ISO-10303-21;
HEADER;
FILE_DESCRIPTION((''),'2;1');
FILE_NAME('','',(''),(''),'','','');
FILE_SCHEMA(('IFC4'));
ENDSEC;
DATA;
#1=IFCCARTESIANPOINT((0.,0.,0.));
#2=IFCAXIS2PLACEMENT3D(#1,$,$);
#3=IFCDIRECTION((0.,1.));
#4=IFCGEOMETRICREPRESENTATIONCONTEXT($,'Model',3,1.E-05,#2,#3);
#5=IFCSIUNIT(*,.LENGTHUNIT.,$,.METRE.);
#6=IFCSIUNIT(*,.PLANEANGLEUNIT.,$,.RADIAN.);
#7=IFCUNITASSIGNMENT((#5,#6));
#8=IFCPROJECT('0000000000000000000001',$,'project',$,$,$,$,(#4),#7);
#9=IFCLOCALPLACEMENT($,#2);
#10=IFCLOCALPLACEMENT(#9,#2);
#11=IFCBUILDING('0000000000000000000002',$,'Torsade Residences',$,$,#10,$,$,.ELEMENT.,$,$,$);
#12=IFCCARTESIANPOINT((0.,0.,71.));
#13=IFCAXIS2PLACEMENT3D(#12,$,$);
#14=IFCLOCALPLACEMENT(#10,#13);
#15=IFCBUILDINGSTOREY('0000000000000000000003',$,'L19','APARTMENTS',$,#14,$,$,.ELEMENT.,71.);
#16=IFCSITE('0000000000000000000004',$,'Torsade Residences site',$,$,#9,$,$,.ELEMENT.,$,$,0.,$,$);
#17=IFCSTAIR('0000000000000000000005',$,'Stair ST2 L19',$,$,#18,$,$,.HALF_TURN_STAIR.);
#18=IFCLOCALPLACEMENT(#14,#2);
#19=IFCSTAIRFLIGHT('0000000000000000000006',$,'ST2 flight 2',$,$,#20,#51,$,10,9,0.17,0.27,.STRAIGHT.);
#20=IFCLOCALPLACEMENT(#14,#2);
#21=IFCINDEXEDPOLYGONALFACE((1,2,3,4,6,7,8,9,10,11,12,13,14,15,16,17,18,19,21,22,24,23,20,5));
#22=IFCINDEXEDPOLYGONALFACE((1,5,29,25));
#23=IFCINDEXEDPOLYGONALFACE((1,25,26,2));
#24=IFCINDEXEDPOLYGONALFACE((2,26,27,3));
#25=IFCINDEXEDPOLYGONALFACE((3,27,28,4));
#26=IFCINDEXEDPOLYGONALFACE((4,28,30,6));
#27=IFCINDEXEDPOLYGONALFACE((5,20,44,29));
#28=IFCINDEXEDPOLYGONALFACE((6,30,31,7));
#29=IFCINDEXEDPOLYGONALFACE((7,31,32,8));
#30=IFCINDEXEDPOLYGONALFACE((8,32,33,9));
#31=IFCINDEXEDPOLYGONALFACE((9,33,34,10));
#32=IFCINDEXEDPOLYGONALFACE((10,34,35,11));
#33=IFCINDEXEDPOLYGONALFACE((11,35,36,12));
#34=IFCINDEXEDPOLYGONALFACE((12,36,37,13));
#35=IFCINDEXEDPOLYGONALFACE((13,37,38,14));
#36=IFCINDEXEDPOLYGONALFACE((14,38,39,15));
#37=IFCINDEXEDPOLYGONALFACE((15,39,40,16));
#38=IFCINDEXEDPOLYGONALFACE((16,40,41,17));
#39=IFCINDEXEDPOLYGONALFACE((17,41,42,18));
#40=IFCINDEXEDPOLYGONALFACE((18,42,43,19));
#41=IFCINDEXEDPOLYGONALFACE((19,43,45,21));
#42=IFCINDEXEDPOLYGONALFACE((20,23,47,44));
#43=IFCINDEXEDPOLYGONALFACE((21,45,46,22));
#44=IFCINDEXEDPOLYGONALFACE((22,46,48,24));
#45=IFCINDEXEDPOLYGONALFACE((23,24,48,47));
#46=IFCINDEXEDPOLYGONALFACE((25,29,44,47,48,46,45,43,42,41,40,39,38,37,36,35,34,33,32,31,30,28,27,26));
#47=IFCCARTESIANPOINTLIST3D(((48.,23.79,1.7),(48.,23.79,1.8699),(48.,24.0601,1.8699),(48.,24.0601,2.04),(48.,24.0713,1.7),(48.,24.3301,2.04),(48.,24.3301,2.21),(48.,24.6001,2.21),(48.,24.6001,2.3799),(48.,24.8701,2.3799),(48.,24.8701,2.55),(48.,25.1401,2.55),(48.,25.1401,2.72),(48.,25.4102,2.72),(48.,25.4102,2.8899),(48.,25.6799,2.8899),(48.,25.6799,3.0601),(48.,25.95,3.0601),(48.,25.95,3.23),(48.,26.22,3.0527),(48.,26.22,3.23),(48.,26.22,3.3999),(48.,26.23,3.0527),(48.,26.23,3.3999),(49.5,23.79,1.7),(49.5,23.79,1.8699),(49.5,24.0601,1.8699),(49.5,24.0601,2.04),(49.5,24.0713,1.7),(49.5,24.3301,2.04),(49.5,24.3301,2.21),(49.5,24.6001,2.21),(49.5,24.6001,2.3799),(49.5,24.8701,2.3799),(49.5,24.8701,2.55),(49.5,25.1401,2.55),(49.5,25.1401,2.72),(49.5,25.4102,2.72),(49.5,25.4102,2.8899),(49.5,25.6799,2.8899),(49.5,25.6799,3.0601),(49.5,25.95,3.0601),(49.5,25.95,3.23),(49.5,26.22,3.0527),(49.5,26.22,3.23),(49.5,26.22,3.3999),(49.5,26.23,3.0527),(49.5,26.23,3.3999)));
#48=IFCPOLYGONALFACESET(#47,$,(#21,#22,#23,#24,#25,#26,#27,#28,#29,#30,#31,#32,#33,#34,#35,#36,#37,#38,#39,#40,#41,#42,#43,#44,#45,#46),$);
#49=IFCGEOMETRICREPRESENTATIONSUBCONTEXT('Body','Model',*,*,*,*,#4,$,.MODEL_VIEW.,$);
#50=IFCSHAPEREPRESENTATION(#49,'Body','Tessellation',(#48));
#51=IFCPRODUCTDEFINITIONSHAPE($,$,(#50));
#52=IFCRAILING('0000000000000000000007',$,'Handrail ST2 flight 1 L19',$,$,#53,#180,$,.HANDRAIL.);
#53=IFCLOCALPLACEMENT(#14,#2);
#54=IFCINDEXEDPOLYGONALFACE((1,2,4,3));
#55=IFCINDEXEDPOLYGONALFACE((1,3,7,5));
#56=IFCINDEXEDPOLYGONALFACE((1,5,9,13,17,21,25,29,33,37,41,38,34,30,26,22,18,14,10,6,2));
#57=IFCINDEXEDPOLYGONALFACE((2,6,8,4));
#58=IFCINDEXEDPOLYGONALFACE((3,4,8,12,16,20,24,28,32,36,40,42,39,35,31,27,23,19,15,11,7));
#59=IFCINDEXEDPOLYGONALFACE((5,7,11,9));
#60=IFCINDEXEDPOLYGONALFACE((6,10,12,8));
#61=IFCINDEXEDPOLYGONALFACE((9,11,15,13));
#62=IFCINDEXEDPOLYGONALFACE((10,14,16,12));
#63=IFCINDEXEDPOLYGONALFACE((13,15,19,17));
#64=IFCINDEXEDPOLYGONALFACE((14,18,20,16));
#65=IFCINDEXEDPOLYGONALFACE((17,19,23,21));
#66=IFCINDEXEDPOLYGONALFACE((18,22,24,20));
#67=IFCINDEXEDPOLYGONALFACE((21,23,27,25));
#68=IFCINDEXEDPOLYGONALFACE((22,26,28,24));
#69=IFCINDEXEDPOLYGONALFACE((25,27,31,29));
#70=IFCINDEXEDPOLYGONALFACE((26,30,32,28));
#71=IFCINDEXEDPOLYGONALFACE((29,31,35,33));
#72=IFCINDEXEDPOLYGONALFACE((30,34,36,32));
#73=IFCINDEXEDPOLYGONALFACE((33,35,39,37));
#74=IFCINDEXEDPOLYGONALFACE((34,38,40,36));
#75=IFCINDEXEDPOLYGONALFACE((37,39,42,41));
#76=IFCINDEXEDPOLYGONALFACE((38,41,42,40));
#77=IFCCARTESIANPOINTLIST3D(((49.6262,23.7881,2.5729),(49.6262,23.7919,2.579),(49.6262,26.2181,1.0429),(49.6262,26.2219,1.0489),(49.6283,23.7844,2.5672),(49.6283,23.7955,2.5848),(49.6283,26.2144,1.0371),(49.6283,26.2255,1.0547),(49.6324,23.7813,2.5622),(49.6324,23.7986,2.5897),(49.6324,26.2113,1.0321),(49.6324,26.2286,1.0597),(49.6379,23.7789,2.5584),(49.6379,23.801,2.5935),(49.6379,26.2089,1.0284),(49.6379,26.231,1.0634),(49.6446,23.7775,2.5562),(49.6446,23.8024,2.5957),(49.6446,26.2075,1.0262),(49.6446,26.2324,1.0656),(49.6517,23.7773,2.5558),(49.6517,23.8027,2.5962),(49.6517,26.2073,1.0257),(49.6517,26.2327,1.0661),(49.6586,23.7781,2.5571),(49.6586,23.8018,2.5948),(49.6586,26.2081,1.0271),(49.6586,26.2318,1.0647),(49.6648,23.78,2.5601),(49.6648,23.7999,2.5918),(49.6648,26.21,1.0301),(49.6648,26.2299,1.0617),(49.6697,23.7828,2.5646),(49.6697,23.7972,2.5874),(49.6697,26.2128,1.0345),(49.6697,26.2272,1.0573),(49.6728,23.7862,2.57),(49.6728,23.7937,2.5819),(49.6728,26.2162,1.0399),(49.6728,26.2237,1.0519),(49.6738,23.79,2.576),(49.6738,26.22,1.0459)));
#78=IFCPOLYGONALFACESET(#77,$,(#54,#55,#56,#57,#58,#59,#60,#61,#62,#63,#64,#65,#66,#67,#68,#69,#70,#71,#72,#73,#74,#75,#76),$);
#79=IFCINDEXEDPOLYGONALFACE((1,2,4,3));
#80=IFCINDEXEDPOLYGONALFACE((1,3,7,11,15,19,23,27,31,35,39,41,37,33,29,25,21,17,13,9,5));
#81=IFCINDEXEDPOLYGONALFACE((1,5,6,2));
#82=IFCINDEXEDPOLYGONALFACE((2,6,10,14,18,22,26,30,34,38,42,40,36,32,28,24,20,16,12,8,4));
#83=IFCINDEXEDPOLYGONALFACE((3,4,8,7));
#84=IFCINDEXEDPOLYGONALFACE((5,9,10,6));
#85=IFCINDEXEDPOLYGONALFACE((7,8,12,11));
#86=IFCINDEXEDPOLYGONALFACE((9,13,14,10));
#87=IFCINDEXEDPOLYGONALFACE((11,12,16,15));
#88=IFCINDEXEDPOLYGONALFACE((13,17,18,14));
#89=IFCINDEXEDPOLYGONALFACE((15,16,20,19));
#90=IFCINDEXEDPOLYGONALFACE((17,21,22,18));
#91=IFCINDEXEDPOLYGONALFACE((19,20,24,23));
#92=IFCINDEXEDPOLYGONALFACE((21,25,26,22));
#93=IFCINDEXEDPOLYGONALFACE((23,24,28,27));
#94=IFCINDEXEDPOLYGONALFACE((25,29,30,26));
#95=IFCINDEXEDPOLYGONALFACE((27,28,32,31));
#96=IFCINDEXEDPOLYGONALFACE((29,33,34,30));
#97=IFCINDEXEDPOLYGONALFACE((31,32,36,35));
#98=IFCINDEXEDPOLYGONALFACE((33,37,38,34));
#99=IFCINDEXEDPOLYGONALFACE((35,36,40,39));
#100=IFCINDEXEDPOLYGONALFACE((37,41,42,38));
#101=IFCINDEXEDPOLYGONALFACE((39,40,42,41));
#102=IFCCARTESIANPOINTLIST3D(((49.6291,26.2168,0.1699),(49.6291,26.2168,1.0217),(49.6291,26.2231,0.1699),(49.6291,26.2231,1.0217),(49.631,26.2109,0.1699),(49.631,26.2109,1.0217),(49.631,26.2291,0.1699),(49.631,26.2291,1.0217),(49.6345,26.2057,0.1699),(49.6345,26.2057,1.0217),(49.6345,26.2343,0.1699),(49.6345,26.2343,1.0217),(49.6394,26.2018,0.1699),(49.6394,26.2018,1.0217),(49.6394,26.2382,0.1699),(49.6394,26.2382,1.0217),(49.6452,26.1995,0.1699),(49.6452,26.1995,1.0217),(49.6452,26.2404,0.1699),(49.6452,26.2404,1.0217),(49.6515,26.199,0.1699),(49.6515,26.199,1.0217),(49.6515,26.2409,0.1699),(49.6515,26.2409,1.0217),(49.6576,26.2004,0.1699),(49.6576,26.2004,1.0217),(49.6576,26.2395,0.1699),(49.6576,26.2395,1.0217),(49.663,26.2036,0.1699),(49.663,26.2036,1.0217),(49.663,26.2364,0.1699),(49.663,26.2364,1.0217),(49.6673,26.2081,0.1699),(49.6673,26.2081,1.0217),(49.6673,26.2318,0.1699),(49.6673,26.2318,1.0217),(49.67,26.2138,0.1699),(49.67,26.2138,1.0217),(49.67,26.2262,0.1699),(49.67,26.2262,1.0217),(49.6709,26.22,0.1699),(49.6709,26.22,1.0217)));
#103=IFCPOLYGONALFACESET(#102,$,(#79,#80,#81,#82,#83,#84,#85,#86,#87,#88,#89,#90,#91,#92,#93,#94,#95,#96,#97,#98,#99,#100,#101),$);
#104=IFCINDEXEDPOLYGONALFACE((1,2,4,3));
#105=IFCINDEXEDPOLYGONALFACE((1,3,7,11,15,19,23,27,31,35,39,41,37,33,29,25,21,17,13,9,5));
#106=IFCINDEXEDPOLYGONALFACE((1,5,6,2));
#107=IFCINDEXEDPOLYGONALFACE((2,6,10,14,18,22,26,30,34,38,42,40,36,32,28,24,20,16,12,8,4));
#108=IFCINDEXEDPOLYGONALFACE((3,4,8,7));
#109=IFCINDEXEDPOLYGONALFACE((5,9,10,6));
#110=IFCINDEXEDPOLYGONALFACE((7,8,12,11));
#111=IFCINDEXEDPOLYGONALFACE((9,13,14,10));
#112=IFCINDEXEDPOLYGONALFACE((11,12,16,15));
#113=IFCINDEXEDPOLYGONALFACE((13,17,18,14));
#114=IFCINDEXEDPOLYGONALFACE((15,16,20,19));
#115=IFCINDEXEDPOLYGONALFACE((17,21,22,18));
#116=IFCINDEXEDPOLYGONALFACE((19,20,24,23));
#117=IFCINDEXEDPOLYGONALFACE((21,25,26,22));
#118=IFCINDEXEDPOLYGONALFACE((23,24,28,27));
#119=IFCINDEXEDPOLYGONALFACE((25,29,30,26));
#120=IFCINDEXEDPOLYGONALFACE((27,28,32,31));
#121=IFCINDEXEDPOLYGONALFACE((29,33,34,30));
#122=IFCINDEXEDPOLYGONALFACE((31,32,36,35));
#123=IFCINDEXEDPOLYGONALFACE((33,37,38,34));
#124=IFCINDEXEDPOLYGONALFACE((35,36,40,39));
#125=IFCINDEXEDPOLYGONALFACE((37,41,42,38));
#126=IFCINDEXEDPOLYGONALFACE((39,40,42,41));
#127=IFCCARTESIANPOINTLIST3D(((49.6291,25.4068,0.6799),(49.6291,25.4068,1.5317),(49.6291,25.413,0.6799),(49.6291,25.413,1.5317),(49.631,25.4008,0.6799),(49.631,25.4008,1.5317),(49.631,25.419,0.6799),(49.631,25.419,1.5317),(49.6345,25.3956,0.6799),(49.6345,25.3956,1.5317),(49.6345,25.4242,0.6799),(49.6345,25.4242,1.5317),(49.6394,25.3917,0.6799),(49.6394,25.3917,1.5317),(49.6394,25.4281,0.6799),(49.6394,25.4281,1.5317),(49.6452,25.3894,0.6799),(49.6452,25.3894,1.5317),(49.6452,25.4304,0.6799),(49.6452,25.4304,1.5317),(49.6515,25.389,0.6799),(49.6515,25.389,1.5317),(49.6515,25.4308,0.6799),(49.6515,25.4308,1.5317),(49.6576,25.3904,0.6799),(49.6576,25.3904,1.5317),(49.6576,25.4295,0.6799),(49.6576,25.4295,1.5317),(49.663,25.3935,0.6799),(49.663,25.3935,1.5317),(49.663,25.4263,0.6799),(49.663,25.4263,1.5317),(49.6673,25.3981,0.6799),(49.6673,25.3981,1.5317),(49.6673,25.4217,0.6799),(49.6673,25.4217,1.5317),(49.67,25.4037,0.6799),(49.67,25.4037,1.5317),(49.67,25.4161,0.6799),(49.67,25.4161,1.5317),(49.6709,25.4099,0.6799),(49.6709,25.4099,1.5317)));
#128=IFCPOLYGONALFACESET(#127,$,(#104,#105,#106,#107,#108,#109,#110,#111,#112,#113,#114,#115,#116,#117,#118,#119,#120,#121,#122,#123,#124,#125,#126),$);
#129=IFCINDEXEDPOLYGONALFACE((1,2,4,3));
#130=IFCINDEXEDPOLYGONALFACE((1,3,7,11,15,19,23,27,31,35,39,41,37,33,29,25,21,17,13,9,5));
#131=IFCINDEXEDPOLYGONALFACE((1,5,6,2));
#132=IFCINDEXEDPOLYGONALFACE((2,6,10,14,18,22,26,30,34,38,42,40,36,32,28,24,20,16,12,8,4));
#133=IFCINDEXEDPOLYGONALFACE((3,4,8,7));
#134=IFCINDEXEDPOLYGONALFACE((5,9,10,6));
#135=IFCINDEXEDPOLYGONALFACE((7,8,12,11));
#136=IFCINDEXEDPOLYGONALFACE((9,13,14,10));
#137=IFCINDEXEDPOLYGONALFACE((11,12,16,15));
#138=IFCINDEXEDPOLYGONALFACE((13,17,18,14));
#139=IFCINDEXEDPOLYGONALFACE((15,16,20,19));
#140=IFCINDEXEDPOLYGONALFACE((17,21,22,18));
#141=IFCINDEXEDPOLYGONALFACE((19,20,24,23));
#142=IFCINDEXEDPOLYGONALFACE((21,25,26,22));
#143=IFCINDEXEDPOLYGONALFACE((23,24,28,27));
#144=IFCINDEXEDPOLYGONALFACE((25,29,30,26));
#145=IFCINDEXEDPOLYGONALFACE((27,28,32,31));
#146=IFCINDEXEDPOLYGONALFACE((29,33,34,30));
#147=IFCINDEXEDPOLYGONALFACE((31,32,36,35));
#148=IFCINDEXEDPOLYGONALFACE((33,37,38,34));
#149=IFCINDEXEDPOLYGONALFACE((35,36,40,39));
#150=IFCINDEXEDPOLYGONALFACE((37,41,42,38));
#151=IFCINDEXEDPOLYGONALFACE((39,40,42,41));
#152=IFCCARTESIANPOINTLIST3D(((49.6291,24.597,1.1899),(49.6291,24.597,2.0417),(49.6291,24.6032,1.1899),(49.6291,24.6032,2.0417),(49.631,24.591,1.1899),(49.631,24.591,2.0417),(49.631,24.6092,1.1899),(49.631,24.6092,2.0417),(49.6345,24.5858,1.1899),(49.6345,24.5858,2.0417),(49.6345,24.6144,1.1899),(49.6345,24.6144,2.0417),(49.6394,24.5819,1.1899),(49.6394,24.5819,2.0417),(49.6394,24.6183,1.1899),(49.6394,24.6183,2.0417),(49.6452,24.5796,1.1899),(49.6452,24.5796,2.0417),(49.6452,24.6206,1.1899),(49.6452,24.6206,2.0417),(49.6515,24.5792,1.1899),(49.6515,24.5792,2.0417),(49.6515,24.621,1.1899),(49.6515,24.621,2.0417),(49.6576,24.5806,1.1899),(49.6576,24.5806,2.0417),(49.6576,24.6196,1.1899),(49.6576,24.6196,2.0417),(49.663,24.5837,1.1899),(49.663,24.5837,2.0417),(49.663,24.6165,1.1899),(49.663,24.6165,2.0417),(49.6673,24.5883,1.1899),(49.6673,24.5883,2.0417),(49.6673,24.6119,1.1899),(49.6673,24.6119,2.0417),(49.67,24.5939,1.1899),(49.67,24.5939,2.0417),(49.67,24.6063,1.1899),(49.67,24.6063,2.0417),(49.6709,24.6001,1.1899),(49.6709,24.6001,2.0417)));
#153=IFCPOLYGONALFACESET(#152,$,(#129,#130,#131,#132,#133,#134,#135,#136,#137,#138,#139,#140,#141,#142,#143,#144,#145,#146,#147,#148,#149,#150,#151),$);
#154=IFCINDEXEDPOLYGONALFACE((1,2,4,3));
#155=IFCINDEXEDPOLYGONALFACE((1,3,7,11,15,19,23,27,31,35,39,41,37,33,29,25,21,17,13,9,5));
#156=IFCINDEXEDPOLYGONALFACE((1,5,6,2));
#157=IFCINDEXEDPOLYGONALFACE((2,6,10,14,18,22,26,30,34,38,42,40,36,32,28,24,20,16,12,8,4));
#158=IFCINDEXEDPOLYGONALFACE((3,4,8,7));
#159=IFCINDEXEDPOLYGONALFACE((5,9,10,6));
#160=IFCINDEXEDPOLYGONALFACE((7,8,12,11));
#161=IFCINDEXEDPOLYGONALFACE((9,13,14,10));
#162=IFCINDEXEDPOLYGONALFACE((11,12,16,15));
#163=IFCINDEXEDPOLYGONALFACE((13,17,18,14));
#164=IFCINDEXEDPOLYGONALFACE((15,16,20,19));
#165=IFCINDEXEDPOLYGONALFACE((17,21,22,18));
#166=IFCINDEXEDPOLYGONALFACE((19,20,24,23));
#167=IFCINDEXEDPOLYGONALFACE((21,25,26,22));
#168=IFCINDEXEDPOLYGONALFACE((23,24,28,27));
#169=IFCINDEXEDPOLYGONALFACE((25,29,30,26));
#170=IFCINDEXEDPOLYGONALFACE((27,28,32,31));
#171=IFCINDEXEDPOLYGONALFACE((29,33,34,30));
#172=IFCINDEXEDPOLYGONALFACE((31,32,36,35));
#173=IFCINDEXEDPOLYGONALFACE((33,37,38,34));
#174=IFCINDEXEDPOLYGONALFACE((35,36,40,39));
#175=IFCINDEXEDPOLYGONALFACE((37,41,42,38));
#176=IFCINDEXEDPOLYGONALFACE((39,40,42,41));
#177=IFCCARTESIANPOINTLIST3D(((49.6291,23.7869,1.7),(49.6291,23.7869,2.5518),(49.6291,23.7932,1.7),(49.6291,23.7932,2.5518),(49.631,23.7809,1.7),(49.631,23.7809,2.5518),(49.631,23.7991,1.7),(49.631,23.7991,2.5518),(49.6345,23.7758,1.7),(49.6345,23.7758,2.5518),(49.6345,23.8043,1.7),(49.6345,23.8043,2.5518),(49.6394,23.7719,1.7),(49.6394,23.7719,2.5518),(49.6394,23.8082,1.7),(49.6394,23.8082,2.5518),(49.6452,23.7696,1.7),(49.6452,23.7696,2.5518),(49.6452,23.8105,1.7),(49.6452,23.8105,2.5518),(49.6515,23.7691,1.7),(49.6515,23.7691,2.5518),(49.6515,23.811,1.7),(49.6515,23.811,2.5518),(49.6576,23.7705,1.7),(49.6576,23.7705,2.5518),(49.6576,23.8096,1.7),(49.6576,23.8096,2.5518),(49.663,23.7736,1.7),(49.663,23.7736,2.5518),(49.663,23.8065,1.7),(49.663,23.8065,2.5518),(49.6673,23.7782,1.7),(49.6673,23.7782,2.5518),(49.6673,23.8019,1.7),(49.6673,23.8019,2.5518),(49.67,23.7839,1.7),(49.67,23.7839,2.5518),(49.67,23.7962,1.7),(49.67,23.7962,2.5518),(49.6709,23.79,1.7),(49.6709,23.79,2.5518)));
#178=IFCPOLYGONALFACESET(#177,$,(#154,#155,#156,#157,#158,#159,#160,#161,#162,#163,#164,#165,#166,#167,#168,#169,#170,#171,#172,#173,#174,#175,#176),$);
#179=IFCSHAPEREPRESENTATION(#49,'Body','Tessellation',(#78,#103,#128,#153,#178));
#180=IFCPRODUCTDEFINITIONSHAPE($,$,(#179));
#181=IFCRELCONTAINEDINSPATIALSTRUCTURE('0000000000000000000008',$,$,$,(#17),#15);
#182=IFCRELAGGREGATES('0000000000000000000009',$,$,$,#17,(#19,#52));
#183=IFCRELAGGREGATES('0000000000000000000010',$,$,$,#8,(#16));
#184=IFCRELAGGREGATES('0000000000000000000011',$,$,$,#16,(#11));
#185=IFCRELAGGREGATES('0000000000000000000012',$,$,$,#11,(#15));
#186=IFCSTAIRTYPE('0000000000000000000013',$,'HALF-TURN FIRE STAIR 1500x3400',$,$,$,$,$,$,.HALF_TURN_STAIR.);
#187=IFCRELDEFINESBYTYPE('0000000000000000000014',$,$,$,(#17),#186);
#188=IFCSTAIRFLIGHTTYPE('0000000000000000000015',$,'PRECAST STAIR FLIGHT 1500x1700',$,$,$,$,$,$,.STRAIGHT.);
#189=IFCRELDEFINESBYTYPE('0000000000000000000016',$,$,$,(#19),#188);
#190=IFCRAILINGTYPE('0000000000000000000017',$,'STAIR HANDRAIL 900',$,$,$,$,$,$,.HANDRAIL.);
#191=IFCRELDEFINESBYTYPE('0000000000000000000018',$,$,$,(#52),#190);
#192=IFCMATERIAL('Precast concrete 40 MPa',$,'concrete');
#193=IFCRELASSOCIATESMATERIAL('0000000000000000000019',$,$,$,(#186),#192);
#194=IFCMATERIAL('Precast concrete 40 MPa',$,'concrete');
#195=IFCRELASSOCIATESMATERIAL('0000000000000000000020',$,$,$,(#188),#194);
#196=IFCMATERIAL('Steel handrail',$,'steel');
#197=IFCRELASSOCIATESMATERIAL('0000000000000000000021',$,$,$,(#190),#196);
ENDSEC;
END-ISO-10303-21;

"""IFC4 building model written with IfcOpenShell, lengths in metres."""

from ifc_helpers import new_model, si_unit, direction, frame, origin, origin_2d, place, context, subcontext, project, spatial, polyline, circle, outline, extrude, material, type_object, element, aggregate, save


model = new_model("IFC4")

# Units and contexts
model_context = context("Model", 3, precision=1e-05, world=origin(), true_north=direction((0.0, 1.0)))
body_context = subcontext(model_context, "Body", "Model", "MODEL_VIEW")
ifc_project = project(units=[si_unit("LENGTHUNIT", "METRE"), si_unit("PLANEANGLEUNIT", "RADIAN")], contexts=[model_context])

# Site, building, storey
site_placement = place(None, origin())
site = spatial("IfcSite", under=ifc_project, at=site_placement, Name="Torsade Residences site", CompositionType="ELEMENT", RefElevation=0.0)
building_placement = place(site_placement, origin())
building = spatial("IfcBuilding", under=site, at=building_placement, Name="Torsade Residences", CompositionType="ELEMENT")
storey_placement = place(building_placement, frame((0.0, 0.0, 71.0)))
storey = spatial("IfcBuildingStorey", under=building, at=storey_placement, Name="L19", Description="APARTMENTS", CompositionType="ELEMENT", Elevation=71.0)

# Stair, stair flight, railing
ifc_material_1 = material(Name="Precast concrete 40 MPa", Category="concrete")
stair_type = type_object("IfcStairType", Name="HALF-TURN FIRE STAIR 1500x3400", PredefinedType="HALF_TURN_STAIR", material=ifc_material_1)
stair_placement = place(storey_placement, origin())
stair = element("IfcStair", 1, at=stair_placement, inside=storey, type_object=stair_type, Name="Stair ST2 L19", PredefinedType="HALF_TURN_STAIR")
ifc_material_2 = material(Name="Precast concrete 40 MPa", Category="concrete")
stair_flight_type = type_object("IfcStairFlightType", Name="PRECAST STAIR FLIGHT 1500x1700", PredefinedType="STRAIGHT", material=ifc_material_2)
stair_flight_1_placement = place(storey_placement, frame((48.75, 23.79, 1.7), z_axis=(0.0, 0.0, 1.0), x_axis=(0.0, 1.0, 0.0)))
stair_flight_1 = element("IfcStairFlight", 2, at=stair_flight_1_placement, type_object=stair_flight_type, Name="ST2 flight 2", NumberOfRisers=10, NumberOfTreads=9, PredefinedType="STRAIGHT", RiserHeight=0.17, TreadLength=0.27, context=body_context, shape_type="SweptSolid", body=[
    extrude(outline(polyline([(0.0, 0.0), (0.0, 0.1699), (0.27, 0.1699), (0.27, 0.3401), (0.54, 0.3401), (0.54, 0.51), (0.8101, 0.51), (0.8101, 0.6799), (1.0801, 0.6799), (1.0801, 0.8501), (1.3501, 0.8501), (1.3501, 1.02), (1.6201, 1.02), (1.6201, 1.1899), (1.8899, 1.1899), (1.8899, 1.3601), (2.1599, 1.3601), (2.1599, 1.53), (2.4299, 1.53), (2.4299, 1.7), (2.4399, 1.7), (2.4399, 1.3528), (2.4299, 1.3528), (0.2812, 0.0), (0.0, 0.0)])), frame((0.0, 0.75, 0.0), z_axis=(0.0, -1.0, 0.0), x_axis=(1.0, 0.0, 0.0)), (0.0, 0.0, 1.0), 1.5),
])
ifc_material_3 = material(Name="Steel handrail", Category="steel")
railing_type = type_object("IfcRailingType", Name="STAIR HANDRAIL 900", PredefinedType="HANDRAIL", material=ifc_material_3)
railing_1_placement = place(storey_placement, frame((49.6499, 26.22, 0.1699)))
railing_1 = element("IfcRailing", 3, at=railing_1_placement, type_object=railing_type, Name="Handrail ST2 flight 1 L19", PredefinedType="HANDRAIL", context=body_context, shape_type="SweptSolid", body=[
    extrude(circle(Radius=0.0239, at=origin_2d()), frame((0.0, 0.0, 0.876), z_axis=(0.0, -0.846221, 0.532831), x_axis=(1.0, 0.0, 0.0)), (0.0, 0.0, 1.0), 2.8716),
    extrude(circle(Radius=0.021, at=origin_2d()), origin(), (0.0, 0.0, 1.0), 0.8518),
    extrude(circle(Radius=0.021, at=origin_2d()), frame((0.0, -0.8101, 0.51)), (0.0, 0.0, 1.0), 0.8518),
    extrude(circle(Radius=0.021, at=origin_2d()), frame((0.0, -1.6199, 1.02)), (0.0, 0.0, 1.0), 0.8518),
    extrude(circle(Radius=0.021, at=origin_2d()), frame((0.0, -2.4299, 1.53)), (0.0, 0.0, 1.0), 0.8518),
])
aggregate(stair, [stair_flight_1, railing_1])

save(model, "model.ifc")
